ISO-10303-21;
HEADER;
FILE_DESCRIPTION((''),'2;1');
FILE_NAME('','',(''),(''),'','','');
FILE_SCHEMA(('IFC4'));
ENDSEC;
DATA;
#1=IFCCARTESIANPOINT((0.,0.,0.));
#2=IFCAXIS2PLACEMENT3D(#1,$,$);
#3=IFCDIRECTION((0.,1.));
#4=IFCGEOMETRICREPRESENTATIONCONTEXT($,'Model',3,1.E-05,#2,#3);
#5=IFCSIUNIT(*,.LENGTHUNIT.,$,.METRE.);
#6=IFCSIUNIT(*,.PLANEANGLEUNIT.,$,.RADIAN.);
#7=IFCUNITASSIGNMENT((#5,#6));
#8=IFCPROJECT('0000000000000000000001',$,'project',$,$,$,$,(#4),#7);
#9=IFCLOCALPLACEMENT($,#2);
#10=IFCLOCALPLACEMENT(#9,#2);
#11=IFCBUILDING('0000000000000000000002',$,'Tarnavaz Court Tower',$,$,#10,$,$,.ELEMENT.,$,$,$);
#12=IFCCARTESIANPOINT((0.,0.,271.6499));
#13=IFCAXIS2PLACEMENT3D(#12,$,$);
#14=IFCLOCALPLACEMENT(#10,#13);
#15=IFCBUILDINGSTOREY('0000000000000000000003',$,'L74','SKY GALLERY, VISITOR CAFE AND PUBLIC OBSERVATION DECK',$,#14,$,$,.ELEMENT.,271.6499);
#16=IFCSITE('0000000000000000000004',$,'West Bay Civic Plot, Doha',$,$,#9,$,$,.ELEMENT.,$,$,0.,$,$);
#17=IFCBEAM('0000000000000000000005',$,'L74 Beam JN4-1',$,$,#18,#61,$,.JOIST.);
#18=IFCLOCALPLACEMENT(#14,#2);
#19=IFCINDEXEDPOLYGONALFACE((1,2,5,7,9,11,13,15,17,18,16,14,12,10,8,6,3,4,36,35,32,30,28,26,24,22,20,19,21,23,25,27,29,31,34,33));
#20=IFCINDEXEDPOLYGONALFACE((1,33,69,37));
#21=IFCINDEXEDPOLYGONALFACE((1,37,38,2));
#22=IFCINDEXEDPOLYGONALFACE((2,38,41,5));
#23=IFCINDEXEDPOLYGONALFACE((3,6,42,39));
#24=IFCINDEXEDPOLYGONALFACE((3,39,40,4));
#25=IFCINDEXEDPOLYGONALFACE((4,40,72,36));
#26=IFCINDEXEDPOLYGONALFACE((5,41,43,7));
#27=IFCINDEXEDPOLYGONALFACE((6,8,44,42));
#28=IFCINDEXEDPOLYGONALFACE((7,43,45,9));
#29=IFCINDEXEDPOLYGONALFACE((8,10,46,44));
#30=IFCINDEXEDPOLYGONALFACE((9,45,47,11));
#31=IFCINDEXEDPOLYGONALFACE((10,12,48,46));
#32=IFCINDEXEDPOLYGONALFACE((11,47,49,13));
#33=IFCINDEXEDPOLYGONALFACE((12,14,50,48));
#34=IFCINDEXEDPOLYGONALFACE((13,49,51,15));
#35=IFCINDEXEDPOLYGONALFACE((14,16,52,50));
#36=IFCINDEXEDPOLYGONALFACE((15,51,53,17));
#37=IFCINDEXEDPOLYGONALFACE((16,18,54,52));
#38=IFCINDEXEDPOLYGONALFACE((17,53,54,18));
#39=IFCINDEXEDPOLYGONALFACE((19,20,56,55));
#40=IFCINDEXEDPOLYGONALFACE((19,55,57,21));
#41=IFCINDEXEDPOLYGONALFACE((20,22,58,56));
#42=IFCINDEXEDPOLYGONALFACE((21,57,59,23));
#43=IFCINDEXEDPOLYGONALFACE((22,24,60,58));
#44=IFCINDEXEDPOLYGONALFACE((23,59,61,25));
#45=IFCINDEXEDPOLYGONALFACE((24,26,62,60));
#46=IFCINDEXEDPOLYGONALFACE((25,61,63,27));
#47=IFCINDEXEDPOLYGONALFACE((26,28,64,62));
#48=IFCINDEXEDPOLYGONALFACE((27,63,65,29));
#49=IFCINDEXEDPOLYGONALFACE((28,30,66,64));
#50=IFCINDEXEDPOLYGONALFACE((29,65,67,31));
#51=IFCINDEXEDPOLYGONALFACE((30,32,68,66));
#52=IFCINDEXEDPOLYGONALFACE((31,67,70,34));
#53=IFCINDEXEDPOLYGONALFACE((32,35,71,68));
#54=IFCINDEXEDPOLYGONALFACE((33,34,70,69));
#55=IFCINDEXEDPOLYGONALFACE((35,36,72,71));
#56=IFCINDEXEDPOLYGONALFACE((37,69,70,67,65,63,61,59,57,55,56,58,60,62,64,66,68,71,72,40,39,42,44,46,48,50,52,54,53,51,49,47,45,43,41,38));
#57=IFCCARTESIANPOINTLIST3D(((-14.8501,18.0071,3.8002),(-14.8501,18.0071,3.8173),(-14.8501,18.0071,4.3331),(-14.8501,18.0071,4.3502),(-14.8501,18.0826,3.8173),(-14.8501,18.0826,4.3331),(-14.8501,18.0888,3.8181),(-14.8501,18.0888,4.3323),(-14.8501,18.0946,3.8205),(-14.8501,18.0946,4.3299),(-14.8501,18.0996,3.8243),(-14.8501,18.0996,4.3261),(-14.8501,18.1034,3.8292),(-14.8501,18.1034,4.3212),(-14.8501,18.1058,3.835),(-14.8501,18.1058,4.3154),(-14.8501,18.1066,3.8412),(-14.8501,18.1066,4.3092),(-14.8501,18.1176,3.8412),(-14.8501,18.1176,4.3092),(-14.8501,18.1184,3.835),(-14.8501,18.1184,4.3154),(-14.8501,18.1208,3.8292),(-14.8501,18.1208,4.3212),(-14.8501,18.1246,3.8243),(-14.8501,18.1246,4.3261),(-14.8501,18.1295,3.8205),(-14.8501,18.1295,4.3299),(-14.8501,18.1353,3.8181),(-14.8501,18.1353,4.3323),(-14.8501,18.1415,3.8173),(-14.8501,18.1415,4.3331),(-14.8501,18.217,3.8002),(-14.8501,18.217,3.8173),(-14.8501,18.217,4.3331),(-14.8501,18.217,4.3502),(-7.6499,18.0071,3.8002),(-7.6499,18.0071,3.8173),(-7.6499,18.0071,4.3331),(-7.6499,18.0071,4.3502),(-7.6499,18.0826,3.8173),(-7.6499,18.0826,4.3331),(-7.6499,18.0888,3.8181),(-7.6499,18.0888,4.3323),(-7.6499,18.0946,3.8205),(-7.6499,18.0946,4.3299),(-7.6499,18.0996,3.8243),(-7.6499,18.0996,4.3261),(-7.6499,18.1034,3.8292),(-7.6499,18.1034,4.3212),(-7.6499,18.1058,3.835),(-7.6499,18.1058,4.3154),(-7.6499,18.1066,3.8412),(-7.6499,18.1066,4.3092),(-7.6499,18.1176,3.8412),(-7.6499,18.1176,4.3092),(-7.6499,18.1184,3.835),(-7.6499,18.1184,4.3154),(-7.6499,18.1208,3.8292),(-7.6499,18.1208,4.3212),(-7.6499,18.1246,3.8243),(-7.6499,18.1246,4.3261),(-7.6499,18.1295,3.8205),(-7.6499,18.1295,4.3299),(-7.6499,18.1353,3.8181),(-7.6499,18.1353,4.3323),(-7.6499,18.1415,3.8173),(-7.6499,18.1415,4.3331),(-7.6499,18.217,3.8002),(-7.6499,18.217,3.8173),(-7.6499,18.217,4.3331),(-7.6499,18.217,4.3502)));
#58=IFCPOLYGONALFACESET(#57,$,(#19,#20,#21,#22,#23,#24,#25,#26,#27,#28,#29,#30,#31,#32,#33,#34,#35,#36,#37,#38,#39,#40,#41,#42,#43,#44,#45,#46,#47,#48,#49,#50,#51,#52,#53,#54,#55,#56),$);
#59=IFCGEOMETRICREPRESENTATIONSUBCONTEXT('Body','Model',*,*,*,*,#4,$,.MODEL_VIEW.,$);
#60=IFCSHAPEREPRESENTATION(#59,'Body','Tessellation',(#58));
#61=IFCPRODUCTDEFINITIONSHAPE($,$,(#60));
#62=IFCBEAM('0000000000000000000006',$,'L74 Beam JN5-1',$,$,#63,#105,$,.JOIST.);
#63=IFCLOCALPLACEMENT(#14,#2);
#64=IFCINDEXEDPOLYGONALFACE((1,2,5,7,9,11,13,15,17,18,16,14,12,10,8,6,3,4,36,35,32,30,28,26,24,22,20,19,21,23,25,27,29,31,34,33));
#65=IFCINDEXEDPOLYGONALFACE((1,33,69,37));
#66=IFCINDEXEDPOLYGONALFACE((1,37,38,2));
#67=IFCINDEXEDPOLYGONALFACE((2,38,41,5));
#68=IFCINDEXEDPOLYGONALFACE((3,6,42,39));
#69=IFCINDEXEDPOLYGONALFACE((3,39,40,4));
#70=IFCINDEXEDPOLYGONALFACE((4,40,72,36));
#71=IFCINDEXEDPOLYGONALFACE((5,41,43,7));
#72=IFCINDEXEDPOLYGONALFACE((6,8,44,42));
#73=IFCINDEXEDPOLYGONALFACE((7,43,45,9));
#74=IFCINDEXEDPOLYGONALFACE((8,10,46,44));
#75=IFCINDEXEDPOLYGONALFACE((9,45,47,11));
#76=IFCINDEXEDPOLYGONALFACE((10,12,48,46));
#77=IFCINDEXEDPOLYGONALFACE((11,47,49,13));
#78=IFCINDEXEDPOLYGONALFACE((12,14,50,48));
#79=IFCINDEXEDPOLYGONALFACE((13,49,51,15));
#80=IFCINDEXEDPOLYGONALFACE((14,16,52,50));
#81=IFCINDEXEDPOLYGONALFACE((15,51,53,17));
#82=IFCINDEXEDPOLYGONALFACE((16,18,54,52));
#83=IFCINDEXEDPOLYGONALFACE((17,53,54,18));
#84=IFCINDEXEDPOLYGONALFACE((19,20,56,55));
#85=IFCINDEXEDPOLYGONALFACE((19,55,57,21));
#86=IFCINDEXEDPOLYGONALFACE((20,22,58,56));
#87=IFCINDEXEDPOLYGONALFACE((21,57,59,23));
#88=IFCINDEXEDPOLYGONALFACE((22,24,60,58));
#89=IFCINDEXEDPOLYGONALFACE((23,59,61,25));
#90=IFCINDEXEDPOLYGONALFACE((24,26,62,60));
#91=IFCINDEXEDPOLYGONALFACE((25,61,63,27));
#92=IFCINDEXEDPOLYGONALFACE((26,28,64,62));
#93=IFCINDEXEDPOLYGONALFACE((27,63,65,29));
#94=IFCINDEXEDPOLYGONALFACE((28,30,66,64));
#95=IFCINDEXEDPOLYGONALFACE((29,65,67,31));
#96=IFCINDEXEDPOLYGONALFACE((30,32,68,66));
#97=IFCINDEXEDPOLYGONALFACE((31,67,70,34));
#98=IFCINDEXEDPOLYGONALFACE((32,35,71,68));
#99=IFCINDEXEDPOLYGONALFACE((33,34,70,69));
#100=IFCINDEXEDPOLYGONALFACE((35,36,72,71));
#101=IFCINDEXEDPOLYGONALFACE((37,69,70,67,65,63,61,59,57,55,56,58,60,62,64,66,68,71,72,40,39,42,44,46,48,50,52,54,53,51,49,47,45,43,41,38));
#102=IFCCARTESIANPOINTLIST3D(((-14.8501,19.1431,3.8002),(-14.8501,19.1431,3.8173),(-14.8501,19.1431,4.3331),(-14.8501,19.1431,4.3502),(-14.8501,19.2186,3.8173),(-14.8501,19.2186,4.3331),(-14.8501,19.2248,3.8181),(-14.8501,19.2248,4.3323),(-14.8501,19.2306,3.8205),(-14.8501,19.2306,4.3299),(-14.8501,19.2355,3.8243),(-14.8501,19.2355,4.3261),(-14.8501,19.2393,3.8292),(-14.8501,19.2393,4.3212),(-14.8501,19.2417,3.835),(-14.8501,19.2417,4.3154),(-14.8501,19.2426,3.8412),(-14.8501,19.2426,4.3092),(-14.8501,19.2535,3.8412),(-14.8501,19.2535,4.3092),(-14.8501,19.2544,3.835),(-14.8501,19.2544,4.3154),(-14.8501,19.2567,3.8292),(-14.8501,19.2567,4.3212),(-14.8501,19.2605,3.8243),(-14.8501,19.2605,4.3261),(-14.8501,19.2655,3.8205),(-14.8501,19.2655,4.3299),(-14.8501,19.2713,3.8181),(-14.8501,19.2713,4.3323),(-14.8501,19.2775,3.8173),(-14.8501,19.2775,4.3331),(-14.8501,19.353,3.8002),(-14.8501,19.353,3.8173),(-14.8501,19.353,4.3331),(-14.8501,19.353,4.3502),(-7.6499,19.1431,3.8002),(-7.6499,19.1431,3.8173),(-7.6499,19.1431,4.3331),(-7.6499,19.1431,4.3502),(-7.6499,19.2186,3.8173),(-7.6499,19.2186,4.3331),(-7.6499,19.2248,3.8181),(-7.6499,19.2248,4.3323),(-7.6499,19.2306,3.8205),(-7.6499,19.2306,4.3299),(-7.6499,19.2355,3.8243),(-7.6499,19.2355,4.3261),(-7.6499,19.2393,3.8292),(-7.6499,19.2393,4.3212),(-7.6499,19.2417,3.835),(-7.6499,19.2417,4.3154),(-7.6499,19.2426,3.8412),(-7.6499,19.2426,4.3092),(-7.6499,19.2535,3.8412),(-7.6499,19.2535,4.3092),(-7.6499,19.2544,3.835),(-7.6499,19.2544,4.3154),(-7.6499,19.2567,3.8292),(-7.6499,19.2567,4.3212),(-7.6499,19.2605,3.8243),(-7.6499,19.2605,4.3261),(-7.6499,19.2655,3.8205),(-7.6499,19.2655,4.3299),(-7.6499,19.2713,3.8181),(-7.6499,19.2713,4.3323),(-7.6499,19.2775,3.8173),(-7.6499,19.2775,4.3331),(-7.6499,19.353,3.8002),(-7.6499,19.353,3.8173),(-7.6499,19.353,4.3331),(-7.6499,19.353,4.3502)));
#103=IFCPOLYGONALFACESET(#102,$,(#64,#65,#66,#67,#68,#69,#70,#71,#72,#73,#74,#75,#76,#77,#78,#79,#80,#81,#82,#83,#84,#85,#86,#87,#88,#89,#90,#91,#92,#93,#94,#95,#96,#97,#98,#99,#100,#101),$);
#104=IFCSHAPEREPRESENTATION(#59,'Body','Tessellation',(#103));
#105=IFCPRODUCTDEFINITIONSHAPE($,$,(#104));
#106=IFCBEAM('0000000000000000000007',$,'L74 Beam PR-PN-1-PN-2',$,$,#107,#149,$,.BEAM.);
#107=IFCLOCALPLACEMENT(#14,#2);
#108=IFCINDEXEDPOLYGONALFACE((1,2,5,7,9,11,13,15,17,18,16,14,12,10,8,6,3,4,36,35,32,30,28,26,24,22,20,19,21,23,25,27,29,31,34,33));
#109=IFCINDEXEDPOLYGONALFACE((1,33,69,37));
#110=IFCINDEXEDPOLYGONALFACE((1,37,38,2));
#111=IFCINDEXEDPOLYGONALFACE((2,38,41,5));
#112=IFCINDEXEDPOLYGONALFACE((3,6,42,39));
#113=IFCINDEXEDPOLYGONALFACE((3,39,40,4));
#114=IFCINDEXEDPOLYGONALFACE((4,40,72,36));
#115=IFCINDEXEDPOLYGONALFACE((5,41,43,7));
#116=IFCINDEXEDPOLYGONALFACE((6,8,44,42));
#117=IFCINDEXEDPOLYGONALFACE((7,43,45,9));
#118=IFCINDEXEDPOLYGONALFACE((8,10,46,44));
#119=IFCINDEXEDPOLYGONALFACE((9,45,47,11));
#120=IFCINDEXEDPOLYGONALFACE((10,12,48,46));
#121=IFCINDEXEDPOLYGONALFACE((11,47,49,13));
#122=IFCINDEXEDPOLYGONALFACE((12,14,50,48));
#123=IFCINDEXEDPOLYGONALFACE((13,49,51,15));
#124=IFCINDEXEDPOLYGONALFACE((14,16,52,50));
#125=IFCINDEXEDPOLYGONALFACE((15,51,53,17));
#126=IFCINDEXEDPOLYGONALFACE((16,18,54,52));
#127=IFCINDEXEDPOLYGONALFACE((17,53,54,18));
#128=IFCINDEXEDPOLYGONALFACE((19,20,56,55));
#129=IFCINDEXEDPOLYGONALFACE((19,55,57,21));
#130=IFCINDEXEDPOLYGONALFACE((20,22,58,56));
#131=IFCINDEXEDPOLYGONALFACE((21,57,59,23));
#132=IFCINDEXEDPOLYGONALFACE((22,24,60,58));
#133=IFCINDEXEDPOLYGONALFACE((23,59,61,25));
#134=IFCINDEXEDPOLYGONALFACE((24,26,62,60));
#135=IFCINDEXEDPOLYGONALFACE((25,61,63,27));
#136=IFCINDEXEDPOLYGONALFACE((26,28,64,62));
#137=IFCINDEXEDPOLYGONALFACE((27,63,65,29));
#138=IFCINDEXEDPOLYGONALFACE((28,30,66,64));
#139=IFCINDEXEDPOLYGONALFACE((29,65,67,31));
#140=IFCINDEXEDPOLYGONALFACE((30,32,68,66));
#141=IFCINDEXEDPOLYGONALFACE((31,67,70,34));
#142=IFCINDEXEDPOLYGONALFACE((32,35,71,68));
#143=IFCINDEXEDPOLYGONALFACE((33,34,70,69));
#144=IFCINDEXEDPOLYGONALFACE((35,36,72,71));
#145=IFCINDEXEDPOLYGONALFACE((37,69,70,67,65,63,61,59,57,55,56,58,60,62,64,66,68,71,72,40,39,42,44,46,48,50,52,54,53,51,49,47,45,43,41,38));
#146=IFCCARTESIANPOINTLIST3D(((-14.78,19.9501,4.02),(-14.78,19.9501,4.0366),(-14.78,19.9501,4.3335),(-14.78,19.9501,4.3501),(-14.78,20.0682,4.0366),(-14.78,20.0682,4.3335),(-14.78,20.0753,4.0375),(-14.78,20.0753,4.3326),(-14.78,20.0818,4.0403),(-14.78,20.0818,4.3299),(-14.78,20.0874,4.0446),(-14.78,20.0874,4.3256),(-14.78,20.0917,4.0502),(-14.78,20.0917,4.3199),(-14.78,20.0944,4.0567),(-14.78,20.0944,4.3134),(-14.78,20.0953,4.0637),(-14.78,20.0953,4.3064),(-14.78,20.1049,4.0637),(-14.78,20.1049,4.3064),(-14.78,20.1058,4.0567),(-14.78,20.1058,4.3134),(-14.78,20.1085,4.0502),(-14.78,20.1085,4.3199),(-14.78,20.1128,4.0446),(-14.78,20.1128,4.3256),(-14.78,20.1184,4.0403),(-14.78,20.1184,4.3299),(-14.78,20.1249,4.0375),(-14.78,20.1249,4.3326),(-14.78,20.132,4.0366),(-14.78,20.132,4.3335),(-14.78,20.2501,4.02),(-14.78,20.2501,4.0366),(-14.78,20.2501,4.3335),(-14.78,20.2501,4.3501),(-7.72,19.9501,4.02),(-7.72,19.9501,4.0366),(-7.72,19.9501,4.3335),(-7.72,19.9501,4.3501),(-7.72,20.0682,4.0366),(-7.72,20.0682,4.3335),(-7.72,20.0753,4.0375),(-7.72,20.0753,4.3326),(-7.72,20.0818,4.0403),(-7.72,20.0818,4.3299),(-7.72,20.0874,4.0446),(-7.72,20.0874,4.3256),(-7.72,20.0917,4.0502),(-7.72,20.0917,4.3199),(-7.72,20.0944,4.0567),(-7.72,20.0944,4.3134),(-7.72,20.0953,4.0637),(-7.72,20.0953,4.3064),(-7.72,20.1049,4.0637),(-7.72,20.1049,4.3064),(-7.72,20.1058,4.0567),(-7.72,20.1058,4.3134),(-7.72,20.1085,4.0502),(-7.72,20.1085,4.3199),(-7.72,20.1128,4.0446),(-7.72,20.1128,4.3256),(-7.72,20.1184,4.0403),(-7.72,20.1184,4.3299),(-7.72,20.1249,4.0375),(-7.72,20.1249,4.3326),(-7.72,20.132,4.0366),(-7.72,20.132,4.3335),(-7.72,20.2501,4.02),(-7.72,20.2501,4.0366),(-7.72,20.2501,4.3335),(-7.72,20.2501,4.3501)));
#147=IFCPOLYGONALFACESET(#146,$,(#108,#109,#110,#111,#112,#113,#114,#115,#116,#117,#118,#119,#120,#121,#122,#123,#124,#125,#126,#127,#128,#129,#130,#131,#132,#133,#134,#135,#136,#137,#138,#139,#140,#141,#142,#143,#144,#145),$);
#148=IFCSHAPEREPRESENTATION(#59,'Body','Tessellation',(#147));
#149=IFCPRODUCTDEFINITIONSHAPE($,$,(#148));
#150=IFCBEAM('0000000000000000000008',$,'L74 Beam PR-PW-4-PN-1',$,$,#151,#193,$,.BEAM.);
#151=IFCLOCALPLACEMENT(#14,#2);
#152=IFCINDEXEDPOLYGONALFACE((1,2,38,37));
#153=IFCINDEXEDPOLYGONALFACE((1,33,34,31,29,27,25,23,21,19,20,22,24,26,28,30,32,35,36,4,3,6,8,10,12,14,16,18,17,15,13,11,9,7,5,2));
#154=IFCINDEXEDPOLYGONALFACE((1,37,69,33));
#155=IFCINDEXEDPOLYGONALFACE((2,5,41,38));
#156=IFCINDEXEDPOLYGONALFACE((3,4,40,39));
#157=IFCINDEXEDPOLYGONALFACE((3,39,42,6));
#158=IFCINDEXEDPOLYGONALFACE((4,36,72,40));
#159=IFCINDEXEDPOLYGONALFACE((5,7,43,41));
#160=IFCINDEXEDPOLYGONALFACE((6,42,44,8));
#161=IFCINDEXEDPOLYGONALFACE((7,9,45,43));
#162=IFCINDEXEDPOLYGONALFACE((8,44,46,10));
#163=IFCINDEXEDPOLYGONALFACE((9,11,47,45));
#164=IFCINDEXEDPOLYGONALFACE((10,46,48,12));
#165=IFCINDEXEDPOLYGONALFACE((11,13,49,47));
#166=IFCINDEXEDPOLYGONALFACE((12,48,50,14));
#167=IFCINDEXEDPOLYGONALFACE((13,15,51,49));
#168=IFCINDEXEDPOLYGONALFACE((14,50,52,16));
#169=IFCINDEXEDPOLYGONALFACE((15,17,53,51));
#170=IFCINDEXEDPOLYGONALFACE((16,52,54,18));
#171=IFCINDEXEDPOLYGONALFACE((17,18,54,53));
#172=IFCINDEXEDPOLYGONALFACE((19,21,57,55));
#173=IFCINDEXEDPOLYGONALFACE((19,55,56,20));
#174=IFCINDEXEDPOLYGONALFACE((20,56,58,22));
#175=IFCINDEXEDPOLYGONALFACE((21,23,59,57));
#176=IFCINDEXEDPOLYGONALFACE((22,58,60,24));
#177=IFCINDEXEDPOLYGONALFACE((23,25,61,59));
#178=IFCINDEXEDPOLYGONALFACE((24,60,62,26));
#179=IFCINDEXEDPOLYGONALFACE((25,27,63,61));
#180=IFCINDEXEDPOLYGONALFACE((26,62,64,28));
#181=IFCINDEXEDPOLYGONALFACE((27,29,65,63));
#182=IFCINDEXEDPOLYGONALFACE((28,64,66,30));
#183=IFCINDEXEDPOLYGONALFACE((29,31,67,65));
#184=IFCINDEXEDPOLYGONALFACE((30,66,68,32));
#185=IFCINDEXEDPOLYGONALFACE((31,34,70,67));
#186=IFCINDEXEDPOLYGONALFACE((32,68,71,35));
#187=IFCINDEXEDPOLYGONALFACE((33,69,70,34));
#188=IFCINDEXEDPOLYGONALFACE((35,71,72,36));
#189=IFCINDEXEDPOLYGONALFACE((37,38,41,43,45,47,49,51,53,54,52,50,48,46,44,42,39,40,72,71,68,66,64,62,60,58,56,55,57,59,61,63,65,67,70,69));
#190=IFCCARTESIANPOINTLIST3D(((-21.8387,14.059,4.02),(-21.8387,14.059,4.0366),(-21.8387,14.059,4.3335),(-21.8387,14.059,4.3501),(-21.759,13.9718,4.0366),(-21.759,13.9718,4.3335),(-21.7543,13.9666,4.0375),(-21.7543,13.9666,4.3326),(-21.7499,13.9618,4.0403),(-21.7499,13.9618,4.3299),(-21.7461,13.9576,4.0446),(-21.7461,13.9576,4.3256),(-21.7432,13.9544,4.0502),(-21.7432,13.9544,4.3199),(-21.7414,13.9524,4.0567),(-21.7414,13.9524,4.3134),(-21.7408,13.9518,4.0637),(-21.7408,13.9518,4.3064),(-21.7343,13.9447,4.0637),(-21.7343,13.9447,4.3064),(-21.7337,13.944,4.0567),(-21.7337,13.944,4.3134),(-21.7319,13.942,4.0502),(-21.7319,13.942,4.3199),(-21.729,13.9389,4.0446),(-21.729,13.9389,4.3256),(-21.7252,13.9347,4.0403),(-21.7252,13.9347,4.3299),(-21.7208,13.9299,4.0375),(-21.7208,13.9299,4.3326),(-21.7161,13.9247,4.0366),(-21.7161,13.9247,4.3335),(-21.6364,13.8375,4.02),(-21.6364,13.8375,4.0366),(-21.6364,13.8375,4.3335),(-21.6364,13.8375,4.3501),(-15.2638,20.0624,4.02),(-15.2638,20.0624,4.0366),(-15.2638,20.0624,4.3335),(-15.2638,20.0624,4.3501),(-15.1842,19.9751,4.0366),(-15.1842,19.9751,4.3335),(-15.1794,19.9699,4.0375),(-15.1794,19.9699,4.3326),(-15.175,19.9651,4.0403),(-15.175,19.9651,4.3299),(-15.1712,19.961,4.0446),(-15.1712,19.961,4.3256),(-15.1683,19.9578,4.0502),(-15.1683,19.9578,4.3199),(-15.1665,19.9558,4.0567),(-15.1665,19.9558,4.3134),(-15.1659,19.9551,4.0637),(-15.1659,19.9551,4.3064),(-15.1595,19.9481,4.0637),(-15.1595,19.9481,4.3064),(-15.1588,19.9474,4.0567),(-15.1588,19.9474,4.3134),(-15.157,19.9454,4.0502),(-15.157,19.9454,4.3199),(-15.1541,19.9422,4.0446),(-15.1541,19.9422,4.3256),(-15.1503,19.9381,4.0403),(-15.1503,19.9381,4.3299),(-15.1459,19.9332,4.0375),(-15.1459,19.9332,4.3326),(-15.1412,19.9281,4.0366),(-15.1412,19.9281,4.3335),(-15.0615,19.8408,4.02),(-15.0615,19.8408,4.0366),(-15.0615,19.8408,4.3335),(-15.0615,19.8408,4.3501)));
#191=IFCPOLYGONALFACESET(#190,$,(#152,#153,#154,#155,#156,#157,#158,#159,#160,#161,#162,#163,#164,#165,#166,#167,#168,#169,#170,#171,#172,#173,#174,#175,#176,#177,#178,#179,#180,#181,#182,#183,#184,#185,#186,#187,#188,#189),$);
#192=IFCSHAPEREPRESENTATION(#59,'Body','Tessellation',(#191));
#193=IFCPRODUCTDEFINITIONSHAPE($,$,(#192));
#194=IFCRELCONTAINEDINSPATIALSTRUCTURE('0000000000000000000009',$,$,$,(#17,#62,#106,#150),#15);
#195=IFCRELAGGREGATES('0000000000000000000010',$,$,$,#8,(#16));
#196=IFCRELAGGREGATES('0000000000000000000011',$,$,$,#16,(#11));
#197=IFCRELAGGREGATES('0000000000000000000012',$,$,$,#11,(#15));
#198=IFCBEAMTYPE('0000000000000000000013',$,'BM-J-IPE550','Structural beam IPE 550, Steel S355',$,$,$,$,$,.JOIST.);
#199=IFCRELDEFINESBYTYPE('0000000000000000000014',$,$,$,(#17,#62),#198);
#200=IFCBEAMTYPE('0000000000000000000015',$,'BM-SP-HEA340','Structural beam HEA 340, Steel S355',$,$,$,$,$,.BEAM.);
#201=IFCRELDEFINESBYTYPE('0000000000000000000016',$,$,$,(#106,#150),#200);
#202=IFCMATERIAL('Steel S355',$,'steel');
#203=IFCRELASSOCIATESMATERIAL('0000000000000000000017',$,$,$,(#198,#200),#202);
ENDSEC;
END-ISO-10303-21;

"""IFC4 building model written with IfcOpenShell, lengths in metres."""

from ifc_helpers import new_model, si_unit, direction, frame, origin, origin_2d, place, context, subcontext, project, spatial, i_section, extrude, material, material_profile, profile_set, type_object, element, save


model = new_model("IFC4")

# Units and contexts
model_context = context("Model", 3, precision=1e-05, world=origin(), true_north=direction((0.0, 1.0)))
body_context = subcontext(model_context, "Body", "Model", "MODEL_VIEW")
ifc_project = project(units=[si_unit("LENGTHUNIT", "METRE"), si_unit("PLANEANGLEUNIT", "RADIAN")], contexts=[model_context])

# Site, building, storey
site_placement = place(None, origin())
site = spatial("IfcSite", under=ifc_project, at=site_placement, Name="West Bay Civic Plot, Doha", CompositionType="ELEMENT", RefElevation=0.0)
building_placement = place(site_placement, origin())
building = spatial("IfcBuilding", under=site, at=building_placement, Name="Tarnavaz Court Tower", CompositionType="ELEMENT")
storey_placement = place(building_placement, frame((0.0, 0.0, 271.6499)))
storey = spatial("IfcBuildingStorey", under=building, at=storey_placement, Name="L74", Description="SKY GALLERY, VISITOR CAFE AND PUBLIC OBSERVATION DECK", CompositionType="ELEMENT", Elevation=271.6499)

# Beams
ifc_material_1 = material(Name="Steel S355", Category="steel")
ifc_material_profile_1 = material_profile(ifc_material_1, i_section(OverallWidth=0.21, OverallDepth=0.55, WebThickness=0.011, FlangeThickness=0.0171, FilletRadius=0.0239, at=origin_2d()), Name="IPE 550")
ifc_profile_set_1 = profile_set([ifc_material_profile_1], Name="Steel S355")
beam_type_1 = type_object("IfcBeamType", Name="BM-J-IPE550", Description="Structural beam IPE 550, Steel S355", PredefinedType="JOIST", material=ifc_profile_set_1)
for number, where, z_axis, x_axis, name in (
    (1, (-14.8501, 18.1121, 4.0752), (1.0, 0.0, 0.0), (0.0, 1.0, 0.0), "L74 Beam JN4-1"),
    (2, (-14.8501, 19.248, 4.0752), (1.0, 0.0, 0.0), (0.0, 1.0, 0.0), "L74 Beam JN5-1"),
):
    element("IfcBeam", number, at=place(storey_placement, frame(where, z_axis=z_axis, x_axis=x_axis)), inside=storey, type_object=beam_type_1, Name=name, PredefinedType="JOIST", context=body_context, shape_type="SweptSolid", body=[
        extrude(i_section(OverallWidth=0.21, OverallDepth=0.55, WebThickness=0.011, FlangeThickness=0.0171, FilletRadius=0.0239, at=origin_2d()), origin(), (0.0, 0.0, 1.0), 7.2002),
    ])
ifc_material_profile_2 = material_profile(ifc_material_1, i_section(OverallWidth=0.3, OverallDepth=0.3301, WebThickness=0.0095, FlangeThickness=0.0166, FilletRadius=0.0271, at=origin_2d()), Name="HEA 340")
ifc_profile_set_2 = profile_set([ifc_material_profile_2], Name="Steel S355")
beam_type_2 = type_object("IfcBeamType", Name="BM-SP-HEA340", Description="Structural beam HEA 340, Steel S355", PredefinedType="BEAM", material=ifc_profile_set_2)
beam_1_placement = place(storey_placement, frame((-14.78, 20.1001, 4.1851), z_axis=(1.0, 0.0, 0.0), x_axis=(0.0, 1.0, 0.0)))
element("IfcBeam", 3, at=beam_1_placement, inside=storey, type_object=beam_type_2, Name="L74 Beam PR-PN-1-PN-2", PredefinedType="BEAM", context=body_context, shape_type="SweptSolid", body=[
    extrude(i_section(OverallWidth=0.3, OverallDepth=0.3301, WebThickness=0.0095, FlangeThickness=0.0166, FilletRadius=0.0271, at=origin_2d()), origin(), (0.0, 0.0, 1.0), 7.0601),
])
beam_2_placement = place(storey_placement, frame((-21.7375, 13.9482, 4.1851), z_axis=(0.738474, 0.674282, 0.0), x_axis=(-0.674282, 0.738474, 0.0)))
element("IfcBeam", 4, at=beam_2_placement, inside=storey, type_object=beam_type_2, Name="L74 Beam PR-PW-4-PN-1", PredefinedType="BEAM", context=body_context, shape_type="SweptSolid", body=[
    extrude(i_section(OverallWidth=0.3, OverallDepth=0.3301, WebThickness=0.0095, FlangeThickness=0.0166, FilletRadius=0.0271, at=origin_2d()), origin(), (0.0, 0.0, 1.0), 8.9033),
])

save(model, "model.ifc")
